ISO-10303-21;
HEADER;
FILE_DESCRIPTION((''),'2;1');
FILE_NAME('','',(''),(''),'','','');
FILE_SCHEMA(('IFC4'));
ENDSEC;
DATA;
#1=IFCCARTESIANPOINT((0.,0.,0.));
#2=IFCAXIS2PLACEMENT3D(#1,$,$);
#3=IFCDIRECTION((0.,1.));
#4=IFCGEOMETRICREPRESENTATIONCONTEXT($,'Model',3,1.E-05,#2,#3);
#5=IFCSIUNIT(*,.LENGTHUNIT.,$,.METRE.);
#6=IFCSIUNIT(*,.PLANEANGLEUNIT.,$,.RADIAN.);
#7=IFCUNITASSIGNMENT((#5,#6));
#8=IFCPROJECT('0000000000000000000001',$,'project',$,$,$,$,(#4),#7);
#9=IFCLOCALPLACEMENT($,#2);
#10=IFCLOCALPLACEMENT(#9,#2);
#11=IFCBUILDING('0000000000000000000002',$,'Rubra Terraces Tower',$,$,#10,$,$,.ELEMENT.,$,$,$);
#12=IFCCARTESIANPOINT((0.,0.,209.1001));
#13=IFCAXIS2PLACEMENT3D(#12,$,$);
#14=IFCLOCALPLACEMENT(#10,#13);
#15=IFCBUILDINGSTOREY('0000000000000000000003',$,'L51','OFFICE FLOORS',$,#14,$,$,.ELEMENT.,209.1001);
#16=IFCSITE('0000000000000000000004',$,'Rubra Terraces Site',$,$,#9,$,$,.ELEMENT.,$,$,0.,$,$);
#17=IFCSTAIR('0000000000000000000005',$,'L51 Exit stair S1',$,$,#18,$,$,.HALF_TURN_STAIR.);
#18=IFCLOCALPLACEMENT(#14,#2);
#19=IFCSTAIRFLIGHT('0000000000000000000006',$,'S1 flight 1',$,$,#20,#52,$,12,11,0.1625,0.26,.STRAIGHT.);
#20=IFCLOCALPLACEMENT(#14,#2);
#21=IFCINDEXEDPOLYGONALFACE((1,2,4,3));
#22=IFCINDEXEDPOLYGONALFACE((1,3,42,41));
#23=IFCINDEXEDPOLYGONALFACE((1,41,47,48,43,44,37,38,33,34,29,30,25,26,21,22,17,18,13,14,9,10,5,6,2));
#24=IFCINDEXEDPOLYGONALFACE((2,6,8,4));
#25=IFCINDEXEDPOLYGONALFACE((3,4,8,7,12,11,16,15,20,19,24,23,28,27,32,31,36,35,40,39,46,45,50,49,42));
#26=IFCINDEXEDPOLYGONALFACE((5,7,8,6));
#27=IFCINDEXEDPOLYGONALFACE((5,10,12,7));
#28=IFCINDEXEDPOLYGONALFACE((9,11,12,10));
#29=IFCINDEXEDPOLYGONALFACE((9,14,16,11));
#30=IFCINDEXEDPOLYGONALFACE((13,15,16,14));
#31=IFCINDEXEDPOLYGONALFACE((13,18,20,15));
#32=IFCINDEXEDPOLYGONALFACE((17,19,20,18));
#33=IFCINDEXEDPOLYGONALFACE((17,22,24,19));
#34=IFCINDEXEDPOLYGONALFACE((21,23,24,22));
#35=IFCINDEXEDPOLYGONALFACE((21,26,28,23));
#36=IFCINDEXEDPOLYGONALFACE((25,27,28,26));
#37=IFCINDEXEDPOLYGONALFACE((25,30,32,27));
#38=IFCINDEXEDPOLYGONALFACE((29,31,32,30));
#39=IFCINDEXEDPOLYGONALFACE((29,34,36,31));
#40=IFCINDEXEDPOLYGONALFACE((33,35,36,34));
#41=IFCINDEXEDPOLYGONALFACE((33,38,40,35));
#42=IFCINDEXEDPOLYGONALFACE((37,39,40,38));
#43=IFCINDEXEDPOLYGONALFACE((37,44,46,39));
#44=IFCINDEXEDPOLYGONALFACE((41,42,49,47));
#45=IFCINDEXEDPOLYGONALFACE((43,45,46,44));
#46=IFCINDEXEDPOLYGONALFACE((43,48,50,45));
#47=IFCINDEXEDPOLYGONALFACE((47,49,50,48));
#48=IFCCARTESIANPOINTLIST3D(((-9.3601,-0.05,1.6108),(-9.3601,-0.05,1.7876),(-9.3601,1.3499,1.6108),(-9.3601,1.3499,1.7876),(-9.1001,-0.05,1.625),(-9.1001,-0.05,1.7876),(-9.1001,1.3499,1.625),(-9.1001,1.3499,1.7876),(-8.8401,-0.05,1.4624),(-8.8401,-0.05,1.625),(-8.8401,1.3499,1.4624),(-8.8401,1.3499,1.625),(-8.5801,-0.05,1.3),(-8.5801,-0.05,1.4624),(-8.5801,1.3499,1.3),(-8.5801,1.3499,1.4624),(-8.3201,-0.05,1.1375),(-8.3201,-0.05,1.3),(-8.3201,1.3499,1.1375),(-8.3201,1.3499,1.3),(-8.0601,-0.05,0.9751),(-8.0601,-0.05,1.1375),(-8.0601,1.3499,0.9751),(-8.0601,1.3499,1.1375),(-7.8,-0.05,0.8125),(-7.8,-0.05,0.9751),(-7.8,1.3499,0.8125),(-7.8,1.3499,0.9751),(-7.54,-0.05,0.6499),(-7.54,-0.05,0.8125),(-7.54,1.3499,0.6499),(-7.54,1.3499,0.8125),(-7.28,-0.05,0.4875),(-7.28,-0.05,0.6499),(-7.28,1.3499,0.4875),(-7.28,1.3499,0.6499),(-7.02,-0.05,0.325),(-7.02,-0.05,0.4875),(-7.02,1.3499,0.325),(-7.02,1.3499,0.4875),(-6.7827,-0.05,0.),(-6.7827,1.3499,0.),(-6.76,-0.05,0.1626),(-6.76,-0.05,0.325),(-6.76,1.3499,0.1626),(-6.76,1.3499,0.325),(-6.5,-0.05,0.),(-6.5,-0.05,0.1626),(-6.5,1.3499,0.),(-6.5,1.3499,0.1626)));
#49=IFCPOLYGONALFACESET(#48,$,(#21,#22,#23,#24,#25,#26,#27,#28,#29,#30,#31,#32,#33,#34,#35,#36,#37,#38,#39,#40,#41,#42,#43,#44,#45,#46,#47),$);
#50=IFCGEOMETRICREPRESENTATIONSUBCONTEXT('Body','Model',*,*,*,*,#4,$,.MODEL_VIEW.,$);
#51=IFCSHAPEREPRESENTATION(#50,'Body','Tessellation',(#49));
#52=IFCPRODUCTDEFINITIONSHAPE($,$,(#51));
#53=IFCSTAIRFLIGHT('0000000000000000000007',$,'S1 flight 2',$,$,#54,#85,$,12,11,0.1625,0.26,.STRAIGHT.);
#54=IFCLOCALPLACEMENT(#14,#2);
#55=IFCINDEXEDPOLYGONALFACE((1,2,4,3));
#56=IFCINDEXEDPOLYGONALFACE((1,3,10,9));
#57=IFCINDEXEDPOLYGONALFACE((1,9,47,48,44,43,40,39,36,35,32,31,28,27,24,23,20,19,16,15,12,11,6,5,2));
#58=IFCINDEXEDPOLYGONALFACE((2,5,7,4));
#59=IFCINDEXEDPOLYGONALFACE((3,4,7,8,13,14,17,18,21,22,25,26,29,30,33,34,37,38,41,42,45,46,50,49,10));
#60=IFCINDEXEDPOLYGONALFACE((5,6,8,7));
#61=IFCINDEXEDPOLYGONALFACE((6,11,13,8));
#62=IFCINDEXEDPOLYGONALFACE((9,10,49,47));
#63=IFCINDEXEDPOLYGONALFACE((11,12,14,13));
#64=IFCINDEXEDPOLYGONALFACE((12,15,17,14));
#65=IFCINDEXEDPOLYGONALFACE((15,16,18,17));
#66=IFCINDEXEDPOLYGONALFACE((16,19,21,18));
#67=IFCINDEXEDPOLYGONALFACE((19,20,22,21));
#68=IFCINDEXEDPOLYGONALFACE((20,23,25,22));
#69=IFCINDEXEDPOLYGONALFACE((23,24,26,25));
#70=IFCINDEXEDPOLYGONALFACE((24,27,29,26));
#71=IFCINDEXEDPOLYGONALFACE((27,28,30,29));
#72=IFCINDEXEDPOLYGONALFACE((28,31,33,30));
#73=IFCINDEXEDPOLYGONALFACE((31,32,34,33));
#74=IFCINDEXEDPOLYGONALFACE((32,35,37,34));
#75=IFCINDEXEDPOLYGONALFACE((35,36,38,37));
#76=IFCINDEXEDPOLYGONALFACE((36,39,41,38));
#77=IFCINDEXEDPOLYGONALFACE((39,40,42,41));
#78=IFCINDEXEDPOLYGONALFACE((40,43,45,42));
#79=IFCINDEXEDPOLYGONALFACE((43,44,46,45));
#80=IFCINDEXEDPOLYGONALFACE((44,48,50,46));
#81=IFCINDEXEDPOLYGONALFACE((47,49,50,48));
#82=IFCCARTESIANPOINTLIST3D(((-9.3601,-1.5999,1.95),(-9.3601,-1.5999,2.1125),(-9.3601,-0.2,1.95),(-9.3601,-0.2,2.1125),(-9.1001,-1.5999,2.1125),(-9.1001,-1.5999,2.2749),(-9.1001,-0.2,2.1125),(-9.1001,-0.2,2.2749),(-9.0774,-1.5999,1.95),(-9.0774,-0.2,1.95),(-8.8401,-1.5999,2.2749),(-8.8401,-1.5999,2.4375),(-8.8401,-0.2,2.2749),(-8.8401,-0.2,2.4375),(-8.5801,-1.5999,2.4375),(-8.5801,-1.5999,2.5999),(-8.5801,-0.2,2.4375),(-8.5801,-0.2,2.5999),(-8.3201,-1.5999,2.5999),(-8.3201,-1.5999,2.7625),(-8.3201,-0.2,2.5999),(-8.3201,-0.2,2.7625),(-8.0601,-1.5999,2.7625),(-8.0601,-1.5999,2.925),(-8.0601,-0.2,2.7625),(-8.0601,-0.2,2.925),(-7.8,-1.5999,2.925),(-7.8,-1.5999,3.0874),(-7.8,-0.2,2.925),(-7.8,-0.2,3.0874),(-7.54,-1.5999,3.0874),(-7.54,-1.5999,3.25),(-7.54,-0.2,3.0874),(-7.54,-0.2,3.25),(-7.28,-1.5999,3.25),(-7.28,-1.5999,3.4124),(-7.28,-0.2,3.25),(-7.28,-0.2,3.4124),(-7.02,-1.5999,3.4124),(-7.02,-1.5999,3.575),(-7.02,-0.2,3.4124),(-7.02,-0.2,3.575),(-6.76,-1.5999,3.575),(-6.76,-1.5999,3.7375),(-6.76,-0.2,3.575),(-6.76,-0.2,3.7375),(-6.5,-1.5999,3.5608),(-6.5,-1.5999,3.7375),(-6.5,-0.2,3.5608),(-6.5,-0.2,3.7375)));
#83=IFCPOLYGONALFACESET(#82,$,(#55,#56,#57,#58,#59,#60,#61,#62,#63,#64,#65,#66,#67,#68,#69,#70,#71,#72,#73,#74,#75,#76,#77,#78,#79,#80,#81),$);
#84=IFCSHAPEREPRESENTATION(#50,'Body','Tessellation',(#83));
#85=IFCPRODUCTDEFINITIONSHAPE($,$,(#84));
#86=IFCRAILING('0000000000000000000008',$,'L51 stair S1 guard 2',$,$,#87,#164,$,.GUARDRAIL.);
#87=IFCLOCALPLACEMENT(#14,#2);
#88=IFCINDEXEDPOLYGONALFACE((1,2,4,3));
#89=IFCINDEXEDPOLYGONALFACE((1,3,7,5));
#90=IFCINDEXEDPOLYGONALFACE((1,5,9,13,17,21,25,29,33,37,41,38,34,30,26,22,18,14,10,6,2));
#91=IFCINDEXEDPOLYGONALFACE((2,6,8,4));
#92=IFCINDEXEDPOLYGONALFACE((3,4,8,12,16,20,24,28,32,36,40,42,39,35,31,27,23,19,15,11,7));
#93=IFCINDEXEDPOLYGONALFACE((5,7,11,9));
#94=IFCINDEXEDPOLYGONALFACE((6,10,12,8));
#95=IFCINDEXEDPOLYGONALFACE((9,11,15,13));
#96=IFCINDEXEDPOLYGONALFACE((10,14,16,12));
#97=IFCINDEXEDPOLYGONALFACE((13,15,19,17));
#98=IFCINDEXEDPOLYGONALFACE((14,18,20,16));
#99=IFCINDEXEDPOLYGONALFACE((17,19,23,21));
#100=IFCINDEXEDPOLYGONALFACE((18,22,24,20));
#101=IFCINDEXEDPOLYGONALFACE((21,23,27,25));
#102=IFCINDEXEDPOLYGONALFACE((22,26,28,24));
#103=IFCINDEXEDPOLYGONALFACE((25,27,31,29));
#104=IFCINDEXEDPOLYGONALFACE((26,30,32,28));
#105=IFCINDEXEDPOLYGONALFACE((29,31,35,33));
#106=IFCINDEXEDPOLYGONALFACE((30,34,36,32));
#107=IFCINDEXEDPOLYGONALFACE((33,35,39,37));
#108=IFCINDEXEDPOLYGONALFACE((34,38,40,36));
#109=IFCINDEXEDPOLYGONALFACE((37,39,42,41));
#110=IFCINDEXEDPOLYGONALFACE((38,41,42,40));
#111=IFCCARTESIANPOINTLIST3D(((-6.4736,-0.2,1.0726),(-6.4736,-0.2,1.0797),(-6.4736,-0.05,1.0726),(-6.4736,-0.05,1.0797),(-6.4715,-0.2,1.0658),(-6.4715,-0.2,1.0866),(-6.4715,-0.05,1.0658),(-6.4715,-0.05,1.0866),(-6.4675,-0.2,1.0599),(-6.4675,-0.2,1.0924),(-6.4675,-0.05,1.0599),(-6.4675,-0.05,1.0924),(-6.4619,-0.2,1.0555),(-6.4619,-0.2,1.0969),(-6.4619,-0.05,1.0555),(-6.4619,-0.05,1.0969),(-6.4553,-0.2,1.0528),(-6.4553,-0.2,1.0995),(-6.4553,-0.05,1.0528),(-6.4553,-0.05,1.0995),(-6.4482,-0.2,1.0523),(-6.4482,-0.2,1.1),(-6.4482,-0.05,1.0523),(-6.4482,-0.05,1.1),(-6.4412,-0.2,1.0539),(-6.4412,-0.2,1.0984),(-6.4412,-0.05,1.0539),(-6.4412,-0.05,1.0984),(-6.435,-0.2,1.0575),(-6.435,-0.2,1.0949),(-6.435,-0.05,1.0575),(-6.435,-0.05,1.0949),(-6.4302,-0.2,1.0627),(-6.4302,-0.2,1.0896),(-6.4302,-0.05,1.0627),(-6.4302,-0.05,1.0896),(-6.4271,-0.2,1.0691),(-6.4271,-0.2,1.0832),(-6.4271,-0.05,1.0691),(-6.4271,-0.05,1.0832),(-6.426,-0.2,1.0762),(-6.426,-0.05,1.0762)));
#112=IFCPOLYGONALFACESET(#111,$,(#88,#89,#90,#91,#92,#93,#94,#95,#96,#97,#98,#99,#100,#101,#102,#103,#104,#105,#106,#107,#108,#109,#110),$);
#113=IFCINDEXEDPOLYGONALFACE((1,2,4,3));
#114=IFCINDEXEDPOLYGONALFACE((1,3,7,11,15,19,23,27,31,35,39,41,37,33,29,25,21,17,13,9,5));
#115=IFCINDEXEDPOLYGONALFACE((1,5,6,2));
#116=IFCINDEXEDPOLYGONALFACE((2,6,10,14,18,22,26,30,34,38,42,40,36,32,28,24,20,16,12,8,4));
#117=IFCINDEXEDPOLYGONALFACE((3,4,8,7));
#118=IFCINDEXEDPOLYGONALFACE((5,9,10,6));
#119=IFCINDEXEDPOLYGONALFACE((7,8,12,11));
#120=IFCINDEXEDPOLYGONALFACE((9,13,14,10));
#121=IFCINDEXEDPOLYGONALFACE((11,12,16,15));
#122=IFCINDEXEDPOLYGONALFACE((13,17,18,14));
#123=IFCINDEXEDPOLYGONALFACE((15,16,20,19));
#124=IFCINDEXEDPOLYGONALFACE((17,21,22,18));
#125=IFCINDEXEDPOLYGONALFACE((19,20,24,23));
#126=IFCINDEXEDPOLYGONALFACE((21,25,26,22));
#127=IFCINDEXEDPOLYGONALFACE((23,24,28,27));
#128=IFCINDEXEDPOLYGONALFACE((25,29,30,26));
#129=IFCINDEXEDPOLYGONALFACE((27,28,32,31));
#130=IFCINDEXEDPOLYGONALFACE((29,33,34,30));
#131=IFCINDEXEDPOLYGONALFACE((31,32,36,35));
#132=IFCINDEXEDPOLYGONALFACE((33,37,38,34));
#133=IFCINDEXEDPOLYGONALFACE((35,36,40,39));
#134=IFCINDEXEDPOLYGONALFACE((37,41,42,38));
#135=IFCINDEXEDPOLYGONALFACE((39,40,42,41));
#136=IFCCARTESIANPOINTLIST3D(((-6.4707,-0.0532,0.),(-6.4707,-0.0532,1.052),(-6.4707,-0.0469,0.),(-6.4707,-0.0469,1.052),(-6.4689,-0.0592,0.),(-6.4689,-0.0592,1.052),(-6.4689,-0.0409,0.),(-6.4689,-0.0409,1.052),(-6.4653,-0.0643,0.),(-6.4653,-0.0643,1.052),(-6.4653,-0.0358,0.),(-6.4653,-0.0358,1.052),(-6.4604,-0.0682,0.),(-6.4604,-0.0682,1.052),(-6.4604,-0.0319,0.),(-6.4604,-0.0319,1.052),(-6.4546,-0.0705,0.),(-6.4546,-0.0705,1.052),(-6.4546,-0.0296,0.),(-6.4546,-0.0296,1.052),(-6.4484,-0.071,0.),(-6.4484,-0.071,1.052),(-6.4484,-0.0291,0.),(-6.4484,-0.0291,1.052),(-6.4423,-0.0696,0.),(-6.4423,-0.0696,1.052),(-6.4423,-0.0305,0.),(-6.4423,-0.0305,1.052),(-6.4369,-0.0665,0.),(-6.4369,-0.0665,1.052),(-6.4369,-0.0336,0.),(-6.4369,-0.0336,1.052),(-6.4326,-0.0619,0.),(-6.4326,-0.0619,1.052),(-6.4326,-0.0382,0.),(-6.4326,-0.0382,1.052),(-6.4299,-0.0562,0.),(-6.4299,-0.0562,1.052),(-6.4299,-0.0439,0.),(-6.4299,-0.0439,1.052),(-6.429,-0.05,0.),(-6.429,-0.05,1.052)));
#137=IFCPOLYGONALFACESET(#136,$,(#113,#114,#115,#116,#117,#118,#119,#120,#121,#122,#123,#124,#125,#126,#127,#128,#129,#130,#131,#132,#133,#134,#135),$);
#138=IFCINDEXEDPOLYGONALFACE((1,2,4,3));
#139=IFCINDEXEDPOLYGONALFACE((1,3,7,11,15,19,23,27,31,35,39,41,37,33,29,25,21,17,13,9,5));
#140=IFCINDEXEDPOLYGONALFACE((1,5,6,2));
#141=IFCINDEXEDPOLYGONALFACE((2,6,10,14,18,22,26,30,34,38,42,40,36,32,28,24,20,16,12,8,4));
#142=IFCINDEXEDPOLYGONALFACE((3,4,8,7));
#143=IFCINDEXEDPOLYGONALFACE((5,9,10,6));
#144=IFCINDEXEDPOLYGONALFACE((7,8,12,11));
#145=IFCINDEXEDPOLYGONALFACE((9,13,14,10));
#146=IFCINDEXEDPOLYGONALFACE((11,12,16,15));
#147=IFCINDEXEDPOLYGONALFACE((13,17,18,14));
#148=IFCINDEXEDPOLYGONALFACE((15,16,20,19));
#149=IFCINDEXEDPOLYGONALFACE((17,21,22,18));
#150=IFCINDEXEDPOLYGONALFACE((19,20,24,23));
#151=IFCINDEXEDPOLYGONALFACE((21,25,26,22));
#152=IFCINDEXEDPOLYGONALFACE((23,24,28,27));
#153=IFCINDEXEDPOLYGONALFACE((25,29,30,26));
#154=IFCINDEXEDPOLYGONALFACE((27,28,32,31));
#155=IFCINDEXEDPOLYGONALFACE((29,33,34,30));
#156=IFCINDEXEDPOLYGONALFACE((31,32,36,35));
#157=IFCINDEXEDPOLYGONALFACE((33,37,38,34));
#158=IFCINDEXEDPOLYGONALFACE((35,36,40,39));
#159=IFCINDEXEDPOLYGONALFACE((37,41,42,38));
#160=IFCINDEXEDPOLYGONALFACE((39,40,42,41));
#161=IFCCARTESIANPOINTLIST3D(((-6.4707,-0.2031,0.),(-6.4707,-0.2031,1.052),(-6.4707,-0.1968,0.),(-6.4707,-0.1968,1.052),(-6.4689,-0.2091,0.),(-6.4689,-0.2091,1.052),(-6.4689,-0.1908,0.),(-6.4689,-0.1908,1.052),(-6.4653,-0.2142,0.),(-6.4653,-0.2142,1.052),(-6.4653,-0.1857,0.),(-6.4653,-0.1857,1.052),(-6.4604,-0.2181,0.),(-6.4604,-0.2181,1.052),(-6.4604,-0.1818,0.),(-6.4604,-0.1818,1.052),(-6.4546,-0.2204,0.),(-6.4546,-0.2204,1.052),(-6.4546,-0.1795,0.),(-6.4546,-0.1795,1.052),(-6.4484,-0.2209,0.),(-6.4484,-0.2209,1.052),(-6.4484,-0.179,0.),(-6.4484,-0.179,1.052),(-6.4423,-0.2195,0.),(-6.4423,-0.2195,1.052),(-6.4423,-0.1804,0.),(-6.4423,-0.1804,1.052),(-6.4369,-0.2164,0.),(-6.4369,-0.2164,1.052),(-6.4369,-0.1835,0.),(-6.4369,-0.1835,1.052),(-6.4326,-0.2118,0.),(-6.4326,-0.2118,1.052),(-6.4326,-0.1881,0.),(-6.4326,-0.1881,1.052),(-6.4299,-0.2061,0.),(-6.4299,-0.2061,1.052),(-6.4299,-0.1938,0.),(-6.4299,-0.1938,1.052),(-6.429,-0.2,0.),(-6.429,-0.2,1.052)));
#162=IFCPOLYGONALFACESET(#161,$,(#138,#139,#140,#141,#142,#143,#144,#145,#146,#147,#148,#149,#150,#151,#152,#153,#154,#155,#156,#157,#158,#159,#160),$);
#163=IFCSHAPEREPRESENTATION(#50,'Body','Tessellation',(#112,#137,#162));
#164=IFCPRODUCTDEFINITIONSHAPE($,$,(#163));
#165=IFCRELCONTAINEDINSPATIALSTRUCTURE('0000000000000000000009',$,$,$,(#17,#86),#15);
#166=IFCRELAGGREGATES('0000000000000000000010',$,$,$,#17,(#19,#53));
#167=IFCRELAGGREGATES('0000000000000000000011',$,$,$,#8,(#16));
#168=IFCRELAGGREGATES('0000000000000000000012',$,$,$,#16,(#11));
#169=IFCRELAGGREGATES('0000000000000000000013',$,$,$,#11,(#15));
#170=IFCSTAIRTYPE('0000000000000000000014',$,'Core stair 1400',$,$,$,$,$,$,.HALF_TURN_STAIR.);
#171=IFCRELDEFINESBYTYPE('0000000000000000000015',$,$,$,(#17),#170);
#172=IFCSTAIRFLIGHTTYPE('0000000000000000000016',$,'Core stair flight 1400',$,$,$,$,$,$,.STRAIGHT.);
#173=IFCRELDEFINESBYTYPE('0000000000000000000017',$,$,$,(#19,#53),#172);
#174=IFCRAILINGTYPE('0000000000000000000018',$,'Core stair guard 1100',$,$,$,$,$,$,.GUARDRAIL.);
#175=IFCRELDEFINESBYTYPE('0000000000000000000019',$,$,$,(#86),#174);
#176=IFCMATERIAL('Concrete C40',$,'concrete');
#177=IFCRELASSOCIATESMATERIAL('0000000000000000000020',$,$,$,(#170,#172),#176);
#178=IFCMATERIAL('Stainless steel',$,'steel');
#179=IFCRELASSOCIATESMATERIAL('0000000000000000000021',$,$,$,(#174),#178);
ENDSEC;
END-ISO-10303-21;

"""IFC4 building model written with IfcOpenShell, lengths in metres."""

from ifc_helpers import new_model, si_unit, direction, frame, origin, origin_2d, place, context, subcontext, project, spatial, polyline, circle, outline, extrude, material, type_object, element, aggregate, save


model = new_model("IFC4")

# Units and contexts
model_context = context("Model", 3, precision=1e-05, world=origin(), true_north=direction((0.0, 1.0)))
body_context = subcontext(model_context, "Body", "Model", "MODEL_VIEW")
ifc_project = project(units=[si_unit("LENGTHUNIT", "METRE"), si_unit("PLANEANGLEUNIT", "RADIAN")], contexts=[model_context])

# Site, building, storey
site_placement = place(None, origin())
site = spatial("IfcSite", under=ifc_project, at=site_placement, Name="Rubra Terraces Site", CompositionType="ELEMENT", RefElevation=0.0)
building_placement = place(site_placement, origin())
building = spatial("IfcBuilding", under=site, at=building_placement, Name="Rubra Terraces Tower", CompositionType="ELEMENT")
storey_placement = place(building_placement, frame((0.0, 0.0, 209.1001)))
storey = spatial("IfcBuildingStorey", under=building, at=storey_placement, Name="L51", Description="OFFICE FLOORS", CompositionType="ELEMENT", Elevation=209.1001)

# Shared definitions
ifc_material_1 = material(Name="Concrete C40", Category="concrete")

# Stair, stair flights
stair_type = type_object("IfcStairType", Name="Core stair 1400", PredefinedType="HALF_TURN_STAIR", material=ifc_material_1)
stair_placement = place(storey_placement, origin())
stair = element("IfcStair", 1, at=stair_placement, inside=storey, type_object=stair_type, Name="L51 Exit stair S1", PredefinedType="HALF_TURN_STAIR")
stair_flight_type = type_object("IfcStairFlightType", Name="Core stair flight 1400", PredefinedType="STRAIGHT", material=ifc_material_1)
stair_flight_1_placement = place(storey_placement, frame((-6.5, 0.6499, 0.0), z_axis=(0.0, 0.0, 1.0), x_axis=(-1.0, 0.0, 0.0)))
stair_flight_1 = element("IfcStairFlight", 2, at=stair_flight_1_placement, type_object=stair_flight_type, Name="S1 flight 1", NumberOfRisers=12, NumberOfTreads=11, PredefinedType="STRAIGHT", RiserHeight=0.1625, TreadLength=0.26, context=body_context, shape_type="SweptSolid", body=[
    extrude(outline(polyline([(0.0, 0.0), (0.0, 0.1626), (0.26, 0.1626), (0.26, 0.325), (0.52, 0.325), (0.52, 0.4875), (0.78, 0.4875), (0.78, 0.6499), (1.04, 0.6499), (1.04, 0.8125), (1.3, 0.8125), (1.3, 0.9751), (1.5601, 0.9751), (1.5601, 1.1375), (1.8201, 1.1375), (1.8201, 1.3), (2.0801, 1.3), (2.0801, 1.4624), (2.3401, 1.4624), (2.3401, 1.625), (2.6001, 1.625), (2.6001, 1.7876), (2.8601, 1.7876), (2.8601, 1.95), (2.8601, 1.6108), (0.2827, 0.0), (0.0, 0.0)])), frame((0.0, 0.7, 0.0), z_axis=(0.0, -1.0, 0.0), x_axis=(1.0, 0.0, 0.0)), (0.0, 0.0, 1.0), 1.3999),
])
stair_flight_2_placement = place(storey_placement, frame((-9.3601, -0.8999, 1.95), z_axis=(0.0, 0.0, 1.0), x_axis=(1.0, 0.0, 0.0)))
stair_flight_2 = element("IfcStairFlight", 3, at=stair_flight_2_placement, type_object=stair_flight_type, Name="S1 flight 2", NumberOfRisers=12, NumberOfTreads=11, PredefinedType="STRAIGHT", RiserHeight=0.1625, TreadLength=0.26, context=body_context, shape_type="SweptSolid", body=[
    extrude(outline(polyline([(0.0, 0.0), (0.0, 0.1626), (0.26, 0.1626), (0.26, 0.325), (0.52, 0.325), (0.52, 0.4875), (0.78, 0.4875), (0.78, 0.6499), (1.04, 0.6499), (1.04, 0.8125), (1.3, 0.8125), (1.3, 0.9751), (1.5601, 0.9751), (1.5601, 1.1375), (1.8201, 1.1375), (1.8201, 1.3), (2.0801, 1.3), (2.0801, 1.4624), (2.3401, 1.4624), (2.3401, 1.625), (2.6001, 1.625), (2.6001, 1.7876), (2.8601, 1.7876), (2.8601, 1.95), (2.8601, 1.6108), (0.2827, 0.0), (0.0, 0.0)])), frame((0.0, 0.7, 0.0), z_axis=(0.0, -1.0, 0.0), x_axis=(1.0, 0.0, 0.0)), (0.0, 0.0, 1.0), 1.3999),
])
aggregate(stair, [stair_flight_1, stair_flight_2])

# Railing
ifc_material_2 = material(Name="Stainless steel", Category="steel")
railing_type_1 = type_object("IfcRailingType", Name="Core stair guard 1100", PredefinedType="GUARDRAIL", material=ifc_material_2)
railing_1_placement = place(storey_placement, frame((-6.45, -0.05, 0.0)))
element("IfcRailing", 4, at=railing_1_placement, inside=storey, type_object=railing_type_1, Name="L51 stair S1 guard 2", PredefinedType="GUARDRAIL", context=body_context, shape_type="SweptSolid", body=[
    extrude(circle(Radius=0.0239, at=origin_2d()), frame((0.0, 0.0, 1.0762), z_axis=(0.0, -1.0, 0.0), x_axis=(1.0, 0.0, 0.0)), (0.0, 0.0, 1.0), 0.1499),
    extrude(circle(Radius=0.021, at=origin_2d()), origin(), (0.0, 0.0, 1.0), 1.052),
    extrude(circle(Radius=0.021, at=origin_2d()), frame((0.0, -0.1499, 0.0)), (0.0, 0.0, 1.0), 1.052),
])

save(model, "model.ifc")
